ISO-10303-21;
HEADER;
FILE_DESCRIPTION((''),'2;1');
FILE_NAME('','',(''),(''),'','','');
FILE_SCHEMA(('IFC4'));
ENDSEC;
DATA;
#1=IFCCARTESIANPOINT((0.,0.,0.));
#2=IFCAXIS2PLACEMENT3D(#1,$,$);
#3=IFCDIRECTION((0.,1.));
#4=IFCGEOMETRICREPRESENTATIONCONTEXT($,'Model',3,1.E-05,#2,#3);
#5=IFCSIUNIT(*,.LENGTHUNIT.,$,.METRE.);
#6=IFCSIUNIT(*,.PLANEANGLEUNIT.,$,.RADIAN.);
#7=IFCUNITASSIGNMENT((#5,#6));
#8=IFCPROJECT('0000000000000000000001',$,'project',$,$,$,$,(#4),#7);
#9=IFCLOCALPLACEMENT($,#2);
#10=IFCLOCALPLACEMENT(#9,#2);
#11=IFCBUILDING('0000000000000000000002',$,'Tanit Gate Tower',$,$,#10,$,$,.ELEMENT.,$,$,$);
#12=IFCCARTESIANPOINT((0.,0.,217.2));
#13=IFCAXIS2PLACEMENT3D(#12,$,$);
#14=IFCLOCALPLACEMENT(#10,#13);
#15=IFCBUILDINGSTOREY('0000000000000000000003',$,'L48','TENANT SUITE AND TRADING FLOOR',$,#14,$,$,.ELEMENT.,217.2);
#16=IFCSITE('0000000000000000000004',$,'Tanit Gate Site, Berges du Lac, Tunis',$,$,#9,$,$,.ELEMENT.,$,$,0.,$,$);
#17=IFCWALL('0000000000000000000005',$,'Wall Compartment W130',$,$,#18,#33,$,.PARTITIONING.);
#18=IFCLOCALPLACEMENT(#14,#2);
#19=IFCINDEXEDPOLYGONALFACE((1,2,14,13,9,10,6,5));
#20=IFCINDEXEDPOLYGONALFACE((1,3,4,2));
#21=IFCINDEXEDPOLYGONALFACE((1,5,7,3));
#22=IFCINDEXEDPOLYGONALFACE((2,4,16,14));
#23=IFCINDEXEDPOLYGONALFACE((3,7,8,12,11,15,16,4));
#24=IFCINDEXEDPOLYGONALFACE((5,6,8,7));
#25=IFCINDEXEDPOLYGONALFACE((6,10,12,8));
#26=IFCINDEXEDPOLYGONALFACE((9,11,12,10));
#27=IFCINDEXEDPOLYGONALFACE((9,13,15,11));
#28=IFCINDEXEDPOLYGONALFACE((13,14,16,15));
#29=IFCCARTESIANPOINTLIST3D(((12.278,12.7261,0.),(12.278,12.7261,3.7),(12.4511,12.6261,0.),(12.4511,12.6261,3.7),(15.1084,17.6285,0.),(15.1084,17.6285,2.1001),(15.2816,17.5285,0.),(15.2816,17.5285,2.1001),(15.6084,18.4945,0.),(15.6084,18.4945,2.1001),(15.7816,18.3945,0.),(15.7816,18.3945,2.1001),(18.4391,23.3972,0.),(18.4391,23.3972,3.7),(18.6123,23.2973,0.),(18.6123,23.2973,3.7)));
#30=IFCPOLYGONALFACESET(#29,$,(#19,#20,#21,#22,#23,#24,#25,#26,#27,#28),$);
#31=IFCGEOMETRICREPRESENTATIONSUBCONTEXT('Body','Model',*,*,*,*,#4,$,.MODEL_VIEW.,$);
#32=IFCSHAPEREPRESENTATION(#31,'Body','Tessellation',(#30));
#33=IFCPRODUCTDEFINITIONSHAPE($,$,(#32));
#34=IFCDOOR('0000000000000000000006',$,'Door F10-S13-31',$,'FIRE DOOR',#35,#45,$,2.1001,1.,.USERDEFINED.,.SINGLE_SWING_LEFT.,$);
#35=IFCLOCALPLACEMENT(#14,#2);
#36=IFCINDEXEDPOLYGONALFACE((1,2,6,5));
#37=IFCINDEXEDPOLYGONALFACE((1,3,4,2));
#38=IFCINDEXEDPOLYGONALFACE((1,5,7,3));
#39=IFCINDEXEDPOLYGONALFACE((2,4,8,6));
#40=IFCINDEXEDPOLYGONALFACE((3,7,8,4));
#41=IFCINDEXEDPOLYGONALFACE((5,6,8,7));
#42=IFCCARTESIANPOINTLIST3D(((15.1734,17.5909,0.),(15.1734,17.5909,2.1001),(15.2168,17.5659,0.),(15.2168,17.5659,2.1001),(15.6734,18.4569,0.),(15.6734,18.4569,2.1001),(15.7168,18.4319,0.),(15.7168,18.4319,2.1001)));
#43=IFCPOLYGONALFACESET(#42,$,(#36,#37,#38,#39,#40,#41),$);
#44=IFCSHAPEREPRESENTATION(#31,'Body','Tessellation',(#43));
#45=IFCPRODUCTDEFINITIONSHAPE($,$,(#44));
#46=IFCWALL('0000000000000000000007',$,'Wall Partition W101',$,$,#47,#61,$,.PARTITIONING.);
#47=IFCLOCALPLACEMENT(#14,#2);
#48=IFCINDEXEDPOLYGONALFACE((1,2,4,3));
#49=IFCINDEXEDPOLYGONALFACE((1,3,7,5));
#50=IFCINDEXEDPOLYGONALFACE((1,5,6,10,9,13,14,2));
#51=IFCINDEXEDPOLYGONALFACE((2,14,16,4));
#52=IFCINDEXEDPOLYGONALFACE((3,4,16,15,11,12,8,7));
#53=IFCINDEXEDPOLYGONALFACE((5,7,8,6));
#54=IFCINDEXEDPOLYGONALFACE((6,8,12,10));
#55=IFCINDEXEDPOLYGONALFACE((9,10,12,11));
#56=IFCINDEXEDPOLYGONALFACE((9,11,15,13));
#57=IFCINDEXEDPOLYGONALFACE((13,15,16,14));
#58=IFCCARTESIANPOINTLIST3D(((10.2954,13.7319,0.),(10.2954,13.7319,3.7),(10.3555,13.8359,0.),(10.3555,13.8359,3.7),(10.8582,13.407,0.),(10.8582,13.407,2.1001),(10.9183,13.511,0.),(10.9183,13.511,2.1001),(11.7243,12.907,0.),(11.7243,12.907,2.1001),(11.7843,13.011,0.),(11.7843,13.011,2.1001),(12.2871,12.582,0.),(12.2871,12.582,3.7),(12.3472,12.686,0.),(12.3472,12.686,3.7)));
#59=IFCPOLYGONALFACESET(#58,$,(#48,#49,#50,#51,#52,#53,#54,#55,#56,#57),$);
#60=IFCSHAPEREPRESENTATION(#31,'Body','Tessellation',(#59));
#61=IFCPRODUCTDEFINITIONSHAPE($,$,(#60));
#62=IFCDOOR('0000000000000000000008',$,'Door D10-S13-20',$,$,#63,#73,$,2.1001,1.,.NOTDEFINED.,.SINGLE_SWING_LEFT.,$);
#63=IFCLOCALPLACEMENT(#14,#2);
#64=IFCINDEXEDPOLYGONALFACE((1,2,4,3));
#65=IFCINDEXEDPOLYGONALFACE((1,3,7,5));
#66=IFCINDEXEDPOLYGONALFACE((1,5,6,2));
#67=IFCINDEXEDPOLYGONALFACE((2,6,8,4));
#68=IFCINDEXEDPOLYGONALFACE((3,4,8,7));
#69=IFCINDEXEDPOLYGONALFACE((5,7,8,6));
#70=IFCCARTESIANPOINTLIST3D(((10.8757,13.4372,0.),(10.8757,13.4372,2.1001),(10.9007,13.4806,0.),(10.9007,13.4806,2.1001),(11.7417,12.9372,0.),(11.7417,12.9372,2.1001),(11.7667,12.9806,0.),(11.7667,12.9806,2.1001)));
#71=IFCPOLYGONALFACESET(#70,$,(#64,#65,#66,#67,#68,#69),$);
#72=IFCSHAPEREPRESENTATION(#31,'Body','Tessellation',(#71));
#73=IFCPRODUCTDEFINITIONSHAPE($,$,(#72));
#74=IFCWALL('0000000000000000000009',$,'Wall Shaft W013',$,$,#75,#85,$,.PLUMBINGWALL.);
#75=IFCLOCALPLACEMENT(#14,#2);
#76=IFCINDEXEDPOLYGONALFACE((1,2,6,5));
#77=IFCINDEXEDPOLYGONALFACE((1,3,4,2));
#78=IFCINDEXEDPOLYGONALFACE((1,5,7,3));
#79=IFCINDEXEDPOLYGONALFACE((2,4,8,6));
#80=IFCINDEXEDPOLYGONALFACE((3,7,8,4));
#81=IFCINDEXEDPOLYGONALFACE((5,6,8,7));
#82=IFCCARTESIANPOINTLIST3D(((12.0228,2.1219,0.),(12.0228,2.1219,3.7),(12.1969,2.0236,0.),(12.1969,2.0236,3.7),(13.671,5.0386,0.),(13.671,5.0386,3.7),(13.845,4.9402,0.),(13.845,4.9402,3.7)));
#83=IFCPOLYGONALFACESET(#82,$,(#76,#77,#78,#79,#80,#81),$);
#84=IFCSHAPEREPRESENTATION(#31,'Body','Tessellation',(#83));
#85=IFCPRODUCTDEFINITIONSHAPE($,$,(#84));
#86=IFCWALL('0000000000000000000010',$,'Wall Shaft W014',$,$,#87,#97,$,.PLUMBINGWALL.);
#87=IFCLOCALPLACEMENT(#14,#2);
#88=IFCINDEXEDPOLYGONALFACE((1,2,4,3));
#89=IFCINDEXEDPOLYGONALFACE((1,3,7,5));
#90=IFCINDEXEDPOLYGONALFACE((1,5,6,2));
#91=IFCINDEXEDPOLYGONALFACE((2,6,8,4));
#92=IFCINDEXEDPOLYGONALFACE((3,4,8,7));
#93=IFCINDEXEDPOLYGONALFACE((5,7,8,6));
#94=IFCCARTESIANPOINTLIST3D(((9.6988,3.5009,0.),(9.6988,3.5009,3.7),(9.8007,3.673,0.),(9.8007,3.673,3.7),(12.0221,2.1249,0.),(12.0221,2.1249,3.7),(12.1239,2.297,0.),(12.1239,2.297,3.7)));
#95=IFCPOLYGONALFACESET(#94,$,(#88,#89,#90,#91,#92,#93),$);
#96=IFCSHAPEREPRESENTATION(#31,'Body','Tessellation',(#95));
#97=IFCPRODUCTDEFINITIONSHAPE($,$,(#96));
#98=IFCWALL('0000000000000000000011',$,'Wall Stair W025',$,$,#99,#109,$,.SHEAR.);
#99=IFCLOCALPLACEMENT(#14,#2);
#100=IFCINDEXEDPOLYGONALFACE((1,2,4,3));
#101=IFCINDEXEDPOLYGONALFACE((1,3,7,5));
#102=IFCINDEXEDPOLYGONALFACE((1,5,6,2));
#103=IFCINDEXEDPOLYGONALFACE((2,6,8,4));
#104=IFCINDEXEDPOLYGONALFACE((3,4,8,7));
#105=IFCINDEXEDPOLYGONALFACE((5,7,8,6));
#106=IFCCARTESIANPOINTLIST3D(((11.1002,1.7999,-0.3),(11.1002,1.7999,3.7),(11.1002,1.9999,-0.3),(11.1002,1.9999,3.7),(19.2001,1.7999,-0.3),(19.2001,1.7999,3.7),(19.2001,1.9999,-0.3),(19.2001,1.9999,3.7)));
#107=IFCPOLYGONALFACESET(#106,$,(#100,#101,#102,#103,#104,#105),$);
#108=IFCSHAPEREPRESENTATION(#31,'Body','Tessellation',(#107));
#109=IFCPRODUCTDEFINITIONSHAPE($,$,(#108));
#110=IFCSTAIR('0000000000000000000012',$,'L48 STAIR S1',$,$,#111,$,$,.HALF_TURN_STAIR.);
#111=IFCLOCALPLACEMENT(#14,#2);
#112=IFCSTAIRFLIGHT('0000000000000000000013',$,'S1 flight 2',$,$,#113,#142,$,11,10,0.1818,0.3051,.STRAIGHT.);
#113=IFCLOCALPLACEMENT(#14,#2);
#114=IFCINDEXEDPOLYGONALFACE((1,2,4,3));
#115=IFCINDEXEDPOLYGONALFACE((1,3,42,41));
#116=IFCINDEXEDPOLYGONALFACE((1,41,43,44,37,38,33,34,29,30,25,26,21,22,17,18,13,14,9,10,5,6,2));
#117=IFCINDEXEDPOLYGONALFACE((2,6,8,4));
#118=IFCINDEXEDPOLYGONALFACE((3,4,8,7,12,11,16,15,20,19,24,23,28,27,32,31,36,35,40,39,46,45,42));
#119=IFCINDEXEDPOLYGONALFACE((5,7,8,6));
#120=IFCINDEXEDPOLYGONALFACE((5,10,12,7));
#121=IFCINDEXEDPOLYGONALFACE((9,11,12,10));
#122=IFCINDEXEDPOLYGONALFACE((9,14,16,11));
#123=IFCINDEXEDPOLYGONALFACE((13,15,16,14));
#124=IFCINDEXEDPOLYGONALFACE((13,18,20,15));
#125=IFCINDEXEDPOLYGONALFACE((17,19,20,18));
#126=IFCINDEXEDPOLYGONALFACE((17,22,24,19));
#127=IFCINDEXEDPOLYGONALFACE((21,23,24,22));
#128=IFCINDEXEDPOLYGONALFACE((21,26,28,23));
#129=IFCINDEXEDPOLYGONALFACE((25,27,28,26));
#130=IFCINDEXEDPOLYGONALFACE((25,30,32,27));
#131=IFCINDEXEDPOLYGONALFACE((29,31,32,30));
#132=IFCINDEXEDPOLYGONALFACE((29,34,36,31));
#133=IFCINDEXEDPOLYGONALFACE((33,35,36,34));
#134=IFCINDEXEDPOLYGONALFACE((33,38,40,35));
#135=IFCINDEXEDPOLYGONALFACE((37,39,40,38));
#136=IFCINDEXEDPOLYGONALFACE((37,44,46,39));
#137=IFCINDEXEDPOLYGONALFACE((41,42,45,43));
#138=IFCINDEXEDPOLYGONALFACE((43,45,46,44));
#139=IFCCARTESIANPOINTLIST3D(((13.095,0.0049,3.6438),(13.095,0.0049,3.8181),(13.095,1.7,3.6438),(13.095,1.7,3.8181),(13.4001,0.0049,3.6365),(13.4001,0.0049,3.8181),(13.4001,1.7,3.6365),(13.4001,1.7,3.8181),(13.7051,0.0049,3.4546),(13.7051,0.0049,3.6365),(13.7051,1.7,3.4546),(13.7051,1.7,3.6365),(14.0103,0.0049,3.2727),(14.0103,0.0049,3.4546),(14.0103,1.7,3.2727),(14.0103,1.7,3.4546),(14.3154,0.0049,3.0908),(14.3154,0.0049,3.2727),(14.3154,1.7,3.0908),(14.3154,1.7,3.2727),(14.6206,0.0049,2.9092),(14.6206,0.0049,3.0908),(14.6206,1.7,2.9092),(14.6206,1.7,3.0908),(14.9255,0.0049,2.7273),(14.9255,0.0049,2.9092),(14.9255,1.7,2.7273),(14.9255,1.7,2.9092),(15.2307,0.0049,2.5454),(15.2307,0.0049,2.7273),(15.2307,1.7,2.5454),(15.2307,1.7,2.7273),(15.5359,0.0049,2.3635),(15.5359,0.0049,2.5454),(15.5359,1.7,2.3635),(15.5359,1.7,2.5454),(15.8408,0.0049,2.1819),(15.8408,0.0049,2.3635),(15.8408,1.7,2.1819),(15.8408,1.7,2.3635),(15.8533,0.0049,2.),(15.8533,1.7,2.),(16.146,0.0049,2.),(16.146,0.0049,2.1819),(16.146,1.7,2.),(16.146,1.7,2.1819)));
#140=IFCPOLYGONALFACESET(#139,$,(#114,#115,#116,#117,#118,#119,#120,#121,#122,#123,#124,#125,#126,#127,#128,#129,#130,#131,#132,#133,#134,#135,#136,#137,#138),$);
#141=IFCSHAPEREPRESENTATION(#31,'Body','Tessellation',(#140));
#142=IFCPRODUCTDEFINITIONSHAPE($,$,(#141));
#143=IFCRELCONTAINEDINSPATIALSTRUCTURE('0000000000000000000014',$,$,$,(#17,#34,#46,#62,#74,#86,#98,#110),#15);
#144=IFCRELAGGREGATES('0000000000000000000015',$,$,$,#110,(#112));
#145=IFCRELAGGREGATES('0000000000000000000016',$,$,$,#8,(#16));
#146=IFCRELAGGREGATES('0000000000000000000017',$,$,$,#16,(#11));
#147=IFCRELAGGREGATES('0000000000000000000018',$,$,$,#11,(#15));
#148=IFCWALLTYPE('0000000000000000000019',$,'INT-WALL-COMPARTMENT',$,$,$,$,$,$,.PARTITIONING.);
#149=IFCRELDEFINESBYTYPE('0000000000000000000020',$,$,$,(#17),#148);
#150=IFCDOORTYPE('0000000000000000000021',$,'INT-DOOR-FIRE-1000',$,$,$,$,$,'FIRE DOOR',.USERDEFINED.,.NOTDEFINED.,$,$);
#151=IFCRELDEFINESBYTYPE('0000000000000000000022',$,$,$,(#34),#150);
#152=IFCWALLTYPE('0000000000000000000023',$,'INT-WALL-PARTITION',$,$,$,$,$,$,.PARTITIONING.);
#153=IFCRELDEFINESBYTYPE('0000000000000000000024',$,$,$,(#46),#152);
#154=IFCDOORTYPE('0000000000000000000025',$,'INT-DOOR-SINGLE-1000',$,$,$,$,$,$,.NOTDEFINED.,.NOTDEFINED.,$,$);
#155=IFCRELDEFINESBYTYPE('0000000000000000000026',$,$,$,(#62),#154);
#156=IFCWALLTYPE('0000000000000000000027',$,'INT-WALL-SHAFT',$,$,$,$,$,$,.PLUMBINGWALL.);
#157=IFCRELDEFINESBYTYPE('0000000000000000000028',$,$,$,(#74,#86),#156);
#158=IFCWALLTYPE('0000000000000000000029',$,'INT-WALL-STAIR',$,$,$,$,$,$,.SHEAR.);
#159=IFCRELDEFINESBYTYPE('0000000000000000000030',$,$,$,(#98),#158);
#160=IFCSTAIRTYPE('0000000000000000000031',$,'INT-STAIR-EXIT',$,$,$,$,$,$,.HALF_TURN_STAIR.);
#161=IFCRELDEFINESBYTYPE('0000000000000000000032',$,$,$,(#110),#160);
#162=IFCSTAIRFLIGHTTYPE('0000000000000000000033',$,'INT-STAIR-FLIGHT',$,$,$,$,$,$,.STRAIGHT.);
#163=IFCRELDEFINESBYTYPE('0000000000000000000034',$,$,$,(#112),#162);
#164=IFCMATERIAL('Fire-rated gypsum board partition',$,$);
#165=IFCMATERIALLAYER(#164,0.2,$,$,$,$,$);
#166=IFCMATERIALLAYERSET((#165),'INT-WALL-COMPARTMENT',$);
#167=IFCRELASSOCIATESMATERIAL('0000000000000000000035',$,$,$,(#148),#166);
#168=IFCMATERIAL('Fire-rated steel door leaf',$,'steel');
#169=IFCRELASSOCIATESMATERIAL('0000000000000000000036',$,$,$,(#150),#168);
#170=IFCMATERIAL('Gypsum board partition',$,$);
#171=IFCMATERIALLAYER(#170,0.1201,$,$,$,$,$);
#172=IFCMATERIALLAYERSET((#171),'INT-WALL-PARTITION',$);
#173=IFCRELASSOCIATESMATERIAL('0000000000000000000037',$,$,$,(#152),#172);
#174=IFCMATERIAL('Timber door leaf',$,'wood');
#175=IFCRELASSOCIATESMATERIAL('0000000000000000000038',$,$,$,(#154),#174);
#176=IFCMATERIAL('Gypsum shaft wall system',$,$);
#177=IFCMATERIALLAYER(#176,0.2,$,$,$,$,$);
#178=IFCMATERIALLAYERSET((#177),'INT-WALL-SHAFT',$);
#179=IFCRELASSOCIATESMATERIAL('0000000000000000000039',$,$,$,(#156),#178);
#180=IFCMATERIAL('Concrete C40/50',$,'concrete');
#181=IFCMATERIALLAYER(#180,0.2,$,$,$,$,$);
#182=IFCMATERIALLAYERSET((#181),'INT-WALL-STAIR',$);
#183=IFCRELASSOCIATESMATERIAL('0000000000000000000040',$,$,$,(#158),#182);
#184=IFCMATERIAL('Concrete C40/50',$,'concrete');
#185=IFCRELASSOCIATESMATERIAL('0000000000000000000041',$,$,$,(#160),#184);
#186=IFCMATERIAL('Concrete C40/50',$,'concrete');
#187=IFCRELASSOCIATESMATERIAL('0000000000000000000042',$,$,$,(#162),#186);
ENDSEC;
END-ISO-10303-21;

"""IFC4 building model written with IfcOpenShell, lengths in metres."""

from ifc_helpers import new_model, si_unit, direction, frame, frame_2d, origin, place, context, subcontext, project, spatial, polyline, rectangle, outline, extrude, material, layer, layer_set, type_object, element, fill, aggregate, save


model = new_model("IFC4")

# Units and contexts
model_context = context("Model", 3, precision=1e-05, world=origin(), true_north=direction((0.0, 1.0)))
body_context = subcontext(model_context, "Body", "Model", "MODEL_VIEW")
ifc_project = project(units=[si_unit("LENGTHUNIT", "METRE"), si_unit("PLANEANGLEUNIT", "RADIAN")], contexts=[model_context])

# Site, building, storey
site_placement = place(None, origin())
site = spatial("IfcSite", under=ifc_project, at=site_placement, Name="Tanit Gate Site, Berges du Lac, Tunis", CompositionType="ELEMENT", RefElevation=0.0)
building_placement = place(site_placement, origin())
building = spatial("IfcBuilding", under=site, at=building_placement, Name="Tanit Gate Tower", CompositionType="ELEMENT")
storey_placement = place(building_placement, frame((0.0, 0.0, 217.2)))
storey = spatial("IfcBuildingStorey", under=building, at=storey_placement, Name="L48", Description="TENANT SUITE AND TRADING FLOOR", CompositionType="ELEMENT", Elevation=217.2)

# Walls, openings, doors
ifc_material_1 = material(Name="Fire-rated gypsum board partition")
ifc_layer_1 = layer(ifc_material_1, 0.2)
ifc_layer_set_1 = layer_set([ifc_layer_1], Name="INT-WALL-COMPARTMENT")
wall_type_1 = type_object("IfcWallType", Name="INT-WALL-COMPARTMENT", PredefinedType="PARTITIONING", material=ifc_layer_set_1)
ifc_material_2 = material(Name="Fire-rated steel door leaf", Category="steel")
door_type_1 = type_object("IfcDoorType", Name="INT-DOOR-FIRE-1000", ElementType="FIRE DOOR", OperationType="NOTDEFINED", PredefinedType="USERDEFINED", material=ifc_material_2)
wall_1_placement = place(storey_placement, frame((12.3645, 12.676, 0.0), z_axis=(0.0, 0.0, 1.0), x_axis=(0.500009, 0.86602, 0.0)))
wall_1 = element("IfcWall", 1, at=wall_1_placement, inside=storey, type_object=wall_type_1, Name="Wall Compartment W130", PredefinedType="PARTITIONING", context=body_context, shape_type="SweptSolid", body=[
    extrude(rectangle(XDim=12.322, YDim=0.2, at=frame_2d((6.1611, 0.0))), origin(), (0.0, 0.0, 1.0), 3.7),
])
opening_1_placement = place(wall_1_placement, frame((5.6609, 0.0, 0.0)))
opening_1 = element("IfcOpeningElement", 2, at=opening_1_placement, cuts=wall_1, PredefinedType="OPENING", context=body_context, shape_type="SweptSolid", body=[
    extrude(rectangle(XDim=1.0, YDim=2.1001, at=frame_2d((0.5, 1.05))), frame((0.0, 0.1099, 0.0), z_axis=(0.0, -1.0, 0.0), x_axis=(1.0, 0.0, 0.0)), (0.0, 0.0, 1.0), 0.22),
])
door_1_placement = place(opening_1_placement, origin())
door_1 = element("IfcDoor", 3, at=door_1_placement, inside=storey, type_object=door_type_1, Name="Door F10-S13-31", ObjectType="FIRE DOOR", OperationType="SINGLE_SWING_LEFT", OverallHeight=2.1001, OverallWidth=1.0, PredefinedType="USERDEFINED", context=body_context, shape_type="SweptSolid", body=[
    extrude(rectangle(XDim=1.0, YDim=2.1001, at=frame_2d((0.5, 1.05))), frame((0.0, 0.0249, 0.0), z_axis=(0.0, -1.0, 0.0), x_axis=(1.0, 0.0, 0.0)), (0.0, 0.0, 1.0), 0.05),
])
fill(opening_1, door_1)
ifc_material_3 = material(Name="Gypsum board partition")
ifc_layer_2 = layer(ifc_material_3, 0.1201)
ifc_layer_set_2 = layer_set([ifc_layer_2], Name="INT-WALL-PARTITION")
wall_type_2 = type_object("IfcWallType", Name="INT-WALL-PARTITION", PredefinedType="PARTITIONING", material=ifc_layer_set_2)
wall_2_placement = place(storey_placement, frame((10.3254, 13.7839, 0.0), z_axis=(0.0, 0.0, 1.0), x_axis=(0.866026, -0.499998, 0.0)))
wall_2 = element("IfcWall", 4, at=wall_2_placement, inside=storey, type_object=wall_type_2, Name="Wall Partition W101", PredefinedType="PARTITIONING", context=body_context, shape_type="SweptSolid", body=[
    extrude(rectangle(XDim=2.2998, YDim=0.1201, at=frame_2d((1.1499, 0.0))), origin(), (0.0, 0.0, 1.0), 3.7),
])
opening_2_placement = place(wall_2_placement, frame((0.6499, 0.0, 0.0)))
opening_2 = element("IfcOpeningElement", 5, at=opening_2_placement, cuts=wall_2, PredefinedType="OPENING", context=body_context, shape_type="SweptSolid", body=[
    extrude(rectangle(XDim=1.0, YDim=2.1001, at=frame_2d((0.5, 1.05))), frame((0.0, 0.0701, 0.0), z_axis=(0.0, -1.0, 0.0), x_axis=(1.0, 0.0, 0.0)), (0.0, 0.0, 1.0), 0.1401),
])
ifc_material_4 = material(Name="Timber door leaf", Category="wood")
door_type_2 = type_object("IfcDoorType", Name="INT-DOOR-SINGLE-1000", OperationType="NOTDEFINED", PredefinedType="NOTDEFINED", material=ifc_material_4)
door_2_placement = place(opening_2_placement, origin())
door_2 = element("IfcDoor", 6, at=door_2_placement, inside=storey, type_object=door_type_2, Name="Door D10-S13-20", OperationType="SINGLE_SWING_LEFT", OverallHeight=2.1001, OverallWidth=1.0, PredefinedType="NOTDEFINED", context=body_context, shape_type="SweptSolid", body=[
    extrude(rectangle(XDim=1.0, YDim=2.1001, at=frame_2d((0.5, 1.05))), frame((0.0, 0.0249, 0.0), z_axis=(0.0, -1.0, 0.0), x_axis=(1.0, 0.0, 0.0)), (0.0, 0.0, 1.0), 0.05),
])
fill(opening_2, door_2)

# Walls
ifc_material_5 = material(Name="Gypsum shaft wall system")
ifc_layer_3 = layer(ifc_material_5, 0.2)
ifc_layer_set_3 = layer_set([ifc_layer_3], Name="INT-WALL-SHAFT")
wall_type_3 = type_object("IfcWallType", Name="INT-WALL-SHAFT", PredefinedType="PLUMBINGWALL", material=ifc_layer_set_3)
wall_3_placement = place(storey_placement, frame((12.1099, 2.0728, 0.0), z_axis=(0.0, 0.0, 1.0), x_axis=(0.491966, 0.870614, 0.0)))
element("IfcWall", 7, at=wall_3_placement, inside=storey, type_object=wall_type_3, Name="Wall Shaft W013", PredefinedType="PLUMBINGWALL", context=body_context, shape_type="SweptSolid", body=[
    extrude(rectangle(XDim=3.3501, YDim=0.2, at=frame_2d((1.675, 0.0))), origin(), (0.0, 0.0, 1.0), 3.7),
])
wall_4_placement = place(storey_placement, frame((12.073, 2.2109, 0.0), z_axis=(0.0, 0.0, 1.0), x_axis=(-0.860415, 0.509594, 0.0)))
element("IfcWall", 8, at=wall_4_placement, inside=storey, type_object=wall_type_3, Name="Wall Shaft W014", PredefinedType="PLUMBINGWALL", context=body_context, shape_type="SweptSolid", body=[
    extrude(rectangle(XDim=2.7002, YDim=0.2, at=frame_2d((1.3501, 0.0))), origin(), (0.0, 0.0, 1.0), 3.7),
])
ifc_material_6 = material(Name="Concrete C40/50", Category="concrete")
ifc_layer_4 = layer(ifc_material_6, 0.2)
ifc_layer_set_4 = layer_set([ifc_layer_4], Name="INT-WALL-STAIR")
wall_type_4 = type_object("IfcWallType", Name="INT-WALL-STAIR", PredefinedType="SHEAR", material=ifc_layer_set_4)
wall_5_placement = place(storey_placement, frame((19.2, 1.8999, -0.3), z_axis=(0.0, 0.0, 1.0), x_axis=(-1.0, 0.0, 0.0)))
element("IfcWall", 9, at=wall_5_placement, inside=storey, type_object=wall_type_4, Name="Wall Stair W025", PredefinedType="SHEAR", context=body_context, shape_type="SweptSolid", body=[
    extrude(rectangle(XDim=8.0999, YDim=0.2, at=frame_2d((4.0498, 0.0))), origin(), (0.0, 0.0, 1.0), 4.0),
])

# Stair, stair flight
ifc_material_7 = material(Name="Concrete C40/50", Category="concrete")
stair_type = type_object("IfcStairType", Name="INT-STAIR-EXIT", PredefinedType="HALF_TURN_STAIR", material=ifc_material_7)
stair_placement = place(storey_placement, origin())
stair = element("IfcStair", 10, at=stair_placement, inside=storey, type_object=stair_type, Name="L48 STAIR S1", PredefinedType="HALF_TURN_STAIR")
ifc_material_8 = material(Name="Concrete C40/50", Category="concrete")
stair_flight_type = type_object("IfcStairFlightType", Name="INT-STAIR-FLIGHT", PredefinedType="STRAIGHT", material=ifc_material_8)
stair_flight_placement = place(storey_placement, frame((16.146, 0.8525, 2.0), z_axis=(0.0, 0.0, 1.0), x_axis=(-1.0, 0.0, 0.0)))
stair_flight = element("IfcStairFlight", 11, at=stair_flight_placement, type_object=stair_flight_type, Name="S1 flight 2", NumberOfRisers=11, NumberOfTreads=10, PredefinedType="STRAIGHT", RiserHeight=0.1818, TreadLength=0.3051, context=body_context, shape_type="SweptSolid", body=[
    extrude(outline(polyline([(0.0, 0.0), (0.0, 0.1819), (0.3052, 0.1819), (0.3052, 0.3635), (0.6101, 0.3635), (0.6101, 0.5454), (0.9153, 0.5454), (0.9153, 0.7273), (1.2205, 0.7273), (1.2205, 0.9092), (1.5254, 0.9092), (1.5254, 1.0908), (1.8306, 1.0908), (1.8306, 1.2727), (2.1357, 1.2727), (2.1357, 1.4546), (2.4409, 1.4546), (2.4409, 1.6365), (2.7458, 1.6365), (2.7458, 1.8181), (3.051, 1.8181), (3.051, 2.0), (3.051, 1.6438), (0.2927, 0.0), (0.0, 0.0)])), frame((0.0, 0.8477, 0.0), z_axis=(0.0, -1.0, 0.0), x_axis=(1.0, 0.0, 0.0)), (0.0, 0.0, 1.0), 1.6951),
])
aggregate(stair, [stair_flight])

save(model, "model.ifc")
